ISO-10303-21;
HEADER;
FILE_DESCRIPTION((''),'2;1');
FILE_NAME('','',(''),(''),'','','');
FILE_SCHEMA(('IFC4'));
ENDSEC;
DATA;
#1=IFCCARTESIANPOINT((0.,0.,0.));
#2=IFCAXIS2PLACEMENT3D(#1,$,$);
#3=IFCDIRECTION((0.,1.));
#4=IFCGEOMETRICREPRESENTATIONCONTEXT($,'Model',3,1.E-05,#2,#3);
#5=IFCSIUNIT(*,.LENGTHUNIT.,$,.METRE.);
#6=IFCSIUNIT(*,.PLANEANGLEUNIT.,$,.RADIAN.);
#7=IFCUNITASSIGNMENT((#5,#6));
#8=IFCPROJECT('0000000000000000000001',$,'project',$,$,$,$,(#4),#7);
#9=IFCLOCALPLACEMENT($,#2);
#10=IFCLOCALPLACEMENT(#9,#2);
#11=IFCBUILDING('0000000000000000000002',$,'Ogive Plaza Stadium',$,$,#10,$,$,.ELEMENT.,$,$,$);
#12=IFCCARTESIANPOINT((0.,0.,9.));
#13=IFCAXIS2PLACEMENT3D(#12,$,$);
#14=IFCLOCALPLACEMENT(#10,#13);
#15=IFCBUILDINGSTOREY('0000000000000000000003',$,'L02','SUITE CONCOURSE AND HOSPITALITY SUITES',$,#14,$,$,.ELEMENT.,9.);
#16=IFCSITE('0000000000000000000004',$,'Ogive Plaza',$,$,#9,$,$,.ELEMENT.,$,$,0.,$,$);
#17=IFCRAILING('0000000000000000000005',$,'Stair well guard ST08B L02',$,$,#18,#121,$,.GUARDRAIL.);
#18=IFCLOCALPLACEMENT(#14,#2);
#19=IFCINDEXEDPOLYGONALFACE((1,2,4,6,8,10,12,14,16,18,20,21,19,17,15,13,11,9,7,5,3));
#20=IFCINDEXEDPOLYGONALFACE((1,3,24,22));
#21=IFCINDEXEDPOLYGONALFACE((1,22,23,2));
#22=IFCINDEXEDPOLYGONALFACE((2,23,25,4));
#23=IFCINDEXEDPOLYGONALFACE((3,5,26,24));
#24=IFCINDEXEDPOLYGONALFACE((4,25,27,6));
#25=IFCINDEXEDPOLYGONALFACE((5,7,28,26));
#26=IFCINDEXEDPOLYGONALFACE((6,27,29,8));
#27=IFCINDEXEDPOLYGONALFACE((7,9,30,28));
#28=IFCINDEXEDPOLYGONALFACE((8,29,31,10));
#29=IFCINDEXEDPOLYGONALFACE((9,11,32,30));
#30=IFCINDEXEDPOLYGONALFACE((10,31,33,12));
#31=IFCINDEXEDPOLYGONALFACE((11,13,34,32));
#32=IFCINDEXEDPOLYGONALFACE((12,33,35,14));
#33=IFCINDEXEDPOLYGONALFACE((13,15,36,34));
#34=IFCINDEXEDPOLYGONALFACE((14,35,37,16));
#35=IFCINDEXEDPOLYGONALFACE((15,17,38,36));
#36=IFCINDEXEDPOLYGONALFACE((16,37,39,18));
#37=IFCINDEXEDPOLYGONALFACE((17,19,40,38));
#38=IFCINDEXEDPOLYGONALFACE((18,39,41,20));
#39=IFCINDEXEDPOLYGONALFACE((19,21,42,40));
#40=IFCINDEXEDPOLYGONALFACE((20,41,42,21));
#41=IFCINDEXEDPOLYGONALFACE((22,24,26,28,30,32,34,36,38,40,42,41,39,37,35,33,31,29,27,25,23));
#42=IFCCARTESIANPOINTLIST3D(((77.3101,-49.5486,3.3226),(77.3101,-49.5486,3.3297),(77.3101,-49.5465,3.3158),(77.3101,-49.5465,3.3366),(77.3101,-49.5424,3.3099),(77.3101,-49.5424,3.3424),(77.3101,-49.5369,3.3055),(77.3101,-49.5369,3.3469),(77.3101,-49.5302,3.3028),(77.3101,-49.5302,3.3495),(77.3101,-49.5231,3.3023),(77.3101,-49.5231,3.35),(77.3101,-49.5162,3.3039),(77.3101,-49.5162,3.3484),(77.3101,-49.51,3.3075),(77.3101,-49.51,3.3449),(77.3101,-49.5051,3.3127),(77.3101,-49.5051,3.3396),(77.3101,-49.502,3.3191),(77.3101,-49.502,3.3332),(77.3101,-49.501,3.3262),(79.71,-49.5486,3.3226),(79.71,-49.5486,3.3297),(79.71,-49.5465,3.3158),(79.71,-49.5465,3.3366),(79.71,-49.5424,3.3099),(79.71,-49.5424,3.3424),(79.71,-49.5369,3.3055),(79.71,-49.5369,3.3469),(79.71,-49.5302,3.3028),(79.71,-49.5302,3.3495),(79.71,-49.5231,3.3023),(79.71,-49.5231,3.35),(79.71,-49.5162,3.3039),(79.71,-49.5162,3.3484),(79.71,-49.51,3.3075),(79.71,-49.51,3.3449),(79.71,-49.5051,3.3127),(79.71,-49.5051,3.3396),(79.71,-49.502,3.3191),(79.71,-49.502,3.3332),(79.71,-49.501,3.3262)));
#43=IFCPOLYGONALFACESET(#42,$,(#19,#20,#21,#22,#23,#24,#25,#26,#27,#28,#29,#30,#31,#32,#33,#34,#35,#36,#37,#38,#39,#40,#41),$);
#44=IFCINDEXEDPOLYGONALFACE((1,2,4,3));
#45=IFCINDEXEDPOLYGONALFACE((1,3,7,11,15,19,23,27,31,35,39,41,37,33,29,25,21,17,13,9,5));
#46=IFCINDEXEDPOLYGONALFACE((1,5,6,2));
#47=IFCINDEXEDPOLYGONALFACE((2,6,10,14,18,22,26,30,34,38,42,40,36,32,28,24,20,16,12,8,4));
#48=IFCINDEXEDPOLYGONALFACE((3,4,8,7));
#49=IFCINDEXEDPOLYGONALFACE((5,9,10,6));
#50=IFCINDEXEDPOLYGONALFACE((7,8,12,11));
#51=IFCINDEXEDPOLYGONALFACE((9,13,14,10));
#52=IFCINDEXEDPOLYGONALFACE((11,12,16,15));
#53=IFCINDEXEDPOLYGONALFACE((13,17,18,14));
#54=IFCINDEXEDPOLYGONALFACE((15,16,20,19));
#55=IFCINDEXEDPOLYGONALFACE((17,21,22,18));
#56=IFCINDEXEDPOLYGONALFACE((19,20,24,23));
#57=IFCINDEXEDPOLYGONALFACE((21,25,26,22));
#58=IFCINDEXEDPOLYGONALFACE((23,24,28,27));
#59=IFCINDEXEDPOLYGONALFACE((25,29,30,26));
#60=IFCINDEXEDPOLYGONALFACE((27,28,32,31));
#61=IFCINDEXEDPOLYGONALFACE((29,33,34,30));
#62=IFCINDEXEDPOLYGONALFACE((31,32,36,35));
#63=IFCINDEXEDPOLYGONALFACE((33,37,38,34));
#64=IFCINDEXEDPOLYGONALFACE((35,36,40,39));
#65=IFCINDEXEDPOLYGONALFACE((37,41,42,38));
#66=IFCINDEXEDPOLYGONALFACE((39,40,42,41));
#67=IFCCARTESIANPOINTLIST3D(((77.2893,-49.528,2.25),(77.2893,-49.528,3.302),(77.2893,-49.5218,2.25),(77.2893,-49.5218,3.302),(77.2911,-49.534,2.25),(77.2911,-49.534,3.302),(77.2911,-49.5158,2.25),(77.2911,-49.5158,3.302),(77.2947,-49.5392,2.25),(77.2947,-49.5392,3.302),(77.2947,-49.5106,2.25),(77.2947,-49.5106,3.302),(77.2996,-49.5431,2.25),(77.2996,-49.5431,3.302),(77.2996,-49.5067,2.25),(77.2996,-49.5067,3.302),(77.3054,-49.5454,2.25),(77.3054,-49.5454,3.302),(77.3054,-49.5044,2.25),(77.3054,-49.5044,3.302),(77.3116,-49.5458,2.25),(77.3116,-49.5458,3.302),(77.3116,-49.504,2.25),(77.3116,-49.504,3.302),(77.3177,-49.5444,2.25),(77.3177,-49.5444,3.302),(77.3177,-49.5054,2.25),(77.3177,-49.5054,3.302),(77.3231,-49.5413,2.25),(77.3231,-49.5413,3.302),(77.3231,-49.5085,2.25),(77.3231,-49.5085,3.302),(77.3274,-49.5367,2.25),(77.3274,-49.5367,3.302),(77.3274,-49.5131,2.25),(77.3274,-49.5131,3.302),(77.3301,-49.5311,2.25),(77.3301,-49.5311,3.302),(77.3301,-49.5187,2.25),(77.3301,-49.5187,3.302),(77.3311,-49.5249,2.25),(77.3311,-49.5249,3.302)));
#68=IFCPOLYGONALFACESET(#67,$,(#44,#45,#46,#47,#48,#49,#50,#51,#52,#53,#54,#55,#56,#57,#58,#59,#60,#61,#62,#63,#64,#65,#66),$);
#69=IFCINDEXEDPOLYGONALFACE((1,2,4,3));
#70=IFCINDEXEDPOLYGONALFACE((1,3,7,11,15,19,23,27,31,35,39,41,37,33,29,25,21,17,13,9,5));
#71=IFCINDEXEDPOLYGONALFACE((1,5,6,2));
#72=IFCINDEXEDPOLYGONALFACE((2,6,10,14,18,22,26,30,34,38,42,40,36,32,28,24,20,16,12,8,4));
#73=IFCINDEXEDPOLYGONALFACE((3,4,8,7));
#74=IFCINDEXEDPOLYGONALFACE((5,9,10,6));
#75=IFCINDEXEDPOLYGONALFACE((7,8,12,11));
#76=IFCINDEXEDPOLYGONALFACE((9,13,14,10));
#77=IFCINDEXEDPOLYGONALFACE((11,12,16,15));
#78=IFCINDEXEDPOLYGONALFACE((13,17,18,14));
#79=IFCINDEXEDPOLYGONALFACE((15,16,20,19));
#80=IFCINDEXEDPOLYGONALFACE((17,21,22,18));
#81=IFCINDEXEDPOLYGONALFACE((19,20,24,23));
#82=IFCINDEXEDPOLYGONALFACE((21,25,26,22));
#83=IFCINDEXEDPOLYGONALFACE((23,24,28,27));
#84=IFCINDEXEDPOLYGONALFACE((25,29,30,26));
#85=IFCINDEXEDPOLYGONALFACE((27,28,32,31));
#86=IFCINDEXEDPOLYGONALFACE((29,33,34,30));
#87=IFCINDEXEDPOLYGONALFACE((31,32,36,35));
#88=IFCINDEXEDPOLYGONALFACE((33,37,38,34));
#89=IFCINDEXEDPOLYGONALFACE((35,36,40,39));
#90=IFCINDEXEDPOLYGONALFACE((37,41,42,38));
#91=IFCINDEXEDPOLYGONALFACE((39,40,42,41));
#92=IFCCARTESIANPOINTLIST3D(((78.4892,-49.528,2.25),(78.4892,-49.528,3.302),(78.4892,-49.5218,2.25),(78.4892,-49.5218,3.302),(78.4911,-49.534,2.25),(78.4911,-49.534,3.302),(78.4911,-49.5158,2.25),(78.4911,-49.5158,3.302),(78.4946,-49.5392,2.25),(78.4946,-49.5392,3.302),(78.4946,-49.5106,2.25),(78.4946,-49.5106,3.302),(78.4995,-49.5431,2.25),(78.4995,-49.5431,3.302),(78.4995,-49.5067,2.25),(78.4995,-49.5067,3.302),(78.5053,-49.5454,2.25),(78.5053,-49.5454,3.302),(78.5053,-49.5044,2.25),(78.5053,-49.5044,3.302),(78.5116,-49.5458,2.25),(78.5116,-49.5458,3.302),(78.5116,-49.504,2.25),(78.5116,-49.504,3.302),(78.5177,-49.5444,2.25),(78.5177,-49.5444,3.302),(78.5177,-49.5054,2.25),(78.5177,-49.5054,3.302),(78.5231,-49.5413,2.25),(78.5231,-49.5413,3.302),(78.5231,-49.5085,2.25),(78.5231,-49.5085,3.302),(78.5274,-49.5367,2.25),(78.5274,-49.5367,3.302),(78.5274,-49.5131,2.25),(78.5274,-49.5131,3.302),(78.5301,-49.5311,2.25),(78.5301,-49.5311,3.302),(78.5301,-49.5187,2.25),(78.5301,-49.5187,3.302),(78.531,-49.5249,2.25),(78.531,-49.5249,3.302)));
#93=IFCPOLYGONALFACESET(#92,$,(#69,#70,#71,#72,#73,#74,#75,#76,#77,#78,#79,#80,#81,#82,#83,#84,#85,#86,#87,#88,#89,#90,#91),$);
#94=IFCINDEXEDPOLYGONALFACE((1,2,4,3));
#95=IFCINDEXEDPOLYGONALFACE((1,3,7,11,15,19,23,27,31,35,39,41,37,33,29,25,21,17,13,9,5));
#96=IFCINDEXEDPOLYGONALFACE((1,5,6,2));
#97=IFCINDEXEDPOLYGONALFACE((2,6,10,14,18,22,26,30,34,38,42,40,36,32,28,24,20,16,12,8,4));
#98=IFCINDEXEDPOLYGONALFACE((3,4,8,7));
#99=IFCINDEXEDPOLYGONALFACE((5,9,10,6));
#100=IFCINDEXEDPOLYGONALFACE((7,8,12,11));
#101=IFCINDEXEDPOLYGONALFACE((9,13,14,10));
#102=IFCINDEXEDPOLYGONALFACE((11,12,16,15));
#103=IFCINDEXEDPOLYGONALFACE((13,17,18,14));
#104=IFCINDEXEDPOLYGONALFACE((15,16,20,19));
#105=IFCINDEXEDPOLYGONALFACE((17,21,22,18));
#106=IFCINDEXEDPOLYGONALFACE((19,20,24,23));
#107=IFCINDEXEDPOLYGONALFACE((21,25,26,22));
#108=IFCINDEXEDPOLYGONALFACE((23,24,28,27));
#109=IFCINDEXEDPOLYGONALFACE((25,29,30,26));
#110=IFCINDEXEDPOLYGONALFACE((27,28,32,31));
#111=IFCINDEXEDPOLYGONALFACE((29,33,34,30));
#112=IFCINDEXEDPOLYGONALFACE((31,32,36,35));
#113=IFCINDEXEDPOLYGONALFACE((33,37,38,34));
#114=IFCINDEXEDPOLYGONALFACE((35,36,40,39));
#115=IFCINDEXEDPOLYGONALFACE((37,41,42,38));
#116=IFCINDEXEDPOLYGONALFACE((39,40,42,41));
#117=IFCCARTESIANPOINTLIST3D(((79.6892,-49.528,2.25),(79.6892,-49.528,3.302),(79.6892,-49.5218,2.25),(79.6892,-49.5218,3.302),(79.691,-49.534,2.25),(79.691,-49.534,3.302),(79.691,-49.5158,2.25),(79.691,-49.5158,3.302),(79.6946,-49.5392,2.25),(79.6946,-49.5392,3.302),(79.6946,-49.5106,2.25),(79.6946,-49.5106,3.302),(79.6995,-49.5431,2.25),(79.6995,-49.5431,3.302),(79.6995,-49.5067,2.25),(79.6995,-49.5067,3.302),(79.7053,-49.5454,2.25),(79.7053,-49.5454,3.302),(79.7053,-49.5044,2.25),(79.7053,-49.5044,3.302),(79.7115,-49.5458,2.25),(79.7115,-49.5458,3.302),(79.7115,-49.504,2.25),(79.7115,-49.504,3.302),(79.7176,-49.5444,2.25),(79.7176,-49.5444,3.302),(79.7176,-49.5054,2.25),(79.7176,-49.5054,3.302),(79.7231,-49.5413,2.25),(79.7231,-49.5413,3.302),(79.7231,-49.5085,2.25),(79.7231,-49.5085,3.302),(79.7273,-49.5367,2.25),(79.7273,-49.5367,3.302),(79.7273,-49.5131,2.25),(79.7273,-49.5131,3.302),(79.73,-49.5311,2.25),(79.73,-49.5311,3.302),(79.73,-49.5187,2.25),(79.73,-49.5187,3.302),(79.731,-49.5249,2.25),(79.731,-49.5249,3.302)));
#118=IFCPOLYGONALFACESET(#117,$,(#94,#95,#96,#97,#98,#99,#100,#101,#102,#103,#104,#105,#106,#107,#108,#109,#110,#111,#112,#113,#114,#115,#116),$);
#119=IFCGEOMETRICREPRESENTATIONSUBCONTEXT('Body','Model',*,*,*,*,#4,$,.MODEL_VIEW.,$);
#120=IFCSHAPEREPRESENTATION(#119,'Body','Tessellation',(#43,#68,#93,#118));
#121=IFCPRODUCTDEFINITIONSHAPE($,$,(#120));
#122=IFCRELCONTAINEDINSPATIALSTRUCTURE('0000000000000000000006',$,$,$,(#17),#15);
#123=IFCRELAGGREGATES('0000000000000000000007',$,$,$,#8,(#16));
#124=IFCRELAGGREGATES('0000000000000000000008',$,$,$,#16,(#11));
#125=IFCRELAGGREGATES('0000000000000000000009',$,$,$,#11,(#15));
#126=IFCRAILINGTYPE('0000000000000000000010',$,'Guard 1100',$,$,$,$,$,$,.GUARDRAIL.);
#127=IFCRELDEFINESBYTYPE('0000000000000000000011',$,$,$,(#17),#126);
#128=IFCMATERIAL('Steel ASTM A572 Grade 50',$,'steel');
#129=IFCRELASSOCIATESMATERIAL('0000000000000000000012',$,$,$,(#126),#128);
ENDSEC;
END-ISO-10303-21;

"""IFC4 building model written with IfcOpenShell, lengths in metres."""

from ifc_helpers import new_model, si_unit, direction, frame, origin, origin_2d, place, context, subcontext, project, spatial, circle, extrude, material, type_object, element, save


model = new_model("IFC4")

# Units and contexts
model_context = context("Model", 3, precision=1e-05, world=origin(), true_north=direction((0.0, 1.0)))
body_context = subcontext(model_context, "Body", "Model", "MODEL_VIEW")
ifc_project = project(units=[si_unit("LENGTHUNIT", "METRE"), si_unit("PLANEANGLEUNIT", "RADIAN")], contexts=[model_context])

# Site, building, storey
site_placement = place(None, origin())
site = spatial("IfcSite", under=ifc_project, at=site_placement, Name="Ogive Plaza", CompositionType="ELEMENT", RefElevation=0.0)
building_placement = place(site_placement, origin())
building = spatial("IfcBuilding", under=site, at=building_placement, Name="Ogive Plaza Stadium", CompositionType="ELEMENT")
storey_placement = place(building_placement, frame((0.0, 0.0, 9.0)))
storey = spatial("IfcBuildingStorey", under=building, at=storey_placement, Name="L02", Description="SUITE CONCOURSE AND HOSPITALITY SUITES", CompositionType="ELEMENT", Elevation=9.0)

# Railing
ifc_material_1 = material(Name="Steel ASTM A572 Grade 50", Category="steel")
railing_type_1 = type_object("IfcRailingType", Name="Guard 1100", PredefinedType="GUARDRAIL", material=ifc_material_1)
for number, where, name in (
    (1, (77.3101, -49.5249, 2.25), "Stair well guard ST08B L02"),
):
    element("IfcRailing", number, at=place(storey_placement, frame(where)), inside=storey, type_object=railing_type_1, Name=name, PredefinedType="GUARDRAIL", context=body_context, shape_type="SweptSolid", body=[
        extrude(circle(Radius=0.0239, at=origin_2d()), frame((0.0, 0.0, 1.0762), z_axis=(1.0, 0.0, 0.0), x_axis=(0.0, 1.0, 0.0)), (0.0, 0.0, 1.0), 2.3999),
        extrude(circle(Radius=0.021, at=origin_2d()), origin(), (0.0, 0.0, 1.0), 1.052),
        extrude(circle(Radius=0.021, at=origin_2d()), frame((1.2, 0.0, 0.0)), (0.0, 0.0, 1.0), 1.052),
        extrude(circle(Radius=0.021, at=origin_2d()), frame((2.3999, 0.0, 0.0)), (0.0, 0.0, 1.0), 1.052),
    ])

save(model, "model.ifc")
